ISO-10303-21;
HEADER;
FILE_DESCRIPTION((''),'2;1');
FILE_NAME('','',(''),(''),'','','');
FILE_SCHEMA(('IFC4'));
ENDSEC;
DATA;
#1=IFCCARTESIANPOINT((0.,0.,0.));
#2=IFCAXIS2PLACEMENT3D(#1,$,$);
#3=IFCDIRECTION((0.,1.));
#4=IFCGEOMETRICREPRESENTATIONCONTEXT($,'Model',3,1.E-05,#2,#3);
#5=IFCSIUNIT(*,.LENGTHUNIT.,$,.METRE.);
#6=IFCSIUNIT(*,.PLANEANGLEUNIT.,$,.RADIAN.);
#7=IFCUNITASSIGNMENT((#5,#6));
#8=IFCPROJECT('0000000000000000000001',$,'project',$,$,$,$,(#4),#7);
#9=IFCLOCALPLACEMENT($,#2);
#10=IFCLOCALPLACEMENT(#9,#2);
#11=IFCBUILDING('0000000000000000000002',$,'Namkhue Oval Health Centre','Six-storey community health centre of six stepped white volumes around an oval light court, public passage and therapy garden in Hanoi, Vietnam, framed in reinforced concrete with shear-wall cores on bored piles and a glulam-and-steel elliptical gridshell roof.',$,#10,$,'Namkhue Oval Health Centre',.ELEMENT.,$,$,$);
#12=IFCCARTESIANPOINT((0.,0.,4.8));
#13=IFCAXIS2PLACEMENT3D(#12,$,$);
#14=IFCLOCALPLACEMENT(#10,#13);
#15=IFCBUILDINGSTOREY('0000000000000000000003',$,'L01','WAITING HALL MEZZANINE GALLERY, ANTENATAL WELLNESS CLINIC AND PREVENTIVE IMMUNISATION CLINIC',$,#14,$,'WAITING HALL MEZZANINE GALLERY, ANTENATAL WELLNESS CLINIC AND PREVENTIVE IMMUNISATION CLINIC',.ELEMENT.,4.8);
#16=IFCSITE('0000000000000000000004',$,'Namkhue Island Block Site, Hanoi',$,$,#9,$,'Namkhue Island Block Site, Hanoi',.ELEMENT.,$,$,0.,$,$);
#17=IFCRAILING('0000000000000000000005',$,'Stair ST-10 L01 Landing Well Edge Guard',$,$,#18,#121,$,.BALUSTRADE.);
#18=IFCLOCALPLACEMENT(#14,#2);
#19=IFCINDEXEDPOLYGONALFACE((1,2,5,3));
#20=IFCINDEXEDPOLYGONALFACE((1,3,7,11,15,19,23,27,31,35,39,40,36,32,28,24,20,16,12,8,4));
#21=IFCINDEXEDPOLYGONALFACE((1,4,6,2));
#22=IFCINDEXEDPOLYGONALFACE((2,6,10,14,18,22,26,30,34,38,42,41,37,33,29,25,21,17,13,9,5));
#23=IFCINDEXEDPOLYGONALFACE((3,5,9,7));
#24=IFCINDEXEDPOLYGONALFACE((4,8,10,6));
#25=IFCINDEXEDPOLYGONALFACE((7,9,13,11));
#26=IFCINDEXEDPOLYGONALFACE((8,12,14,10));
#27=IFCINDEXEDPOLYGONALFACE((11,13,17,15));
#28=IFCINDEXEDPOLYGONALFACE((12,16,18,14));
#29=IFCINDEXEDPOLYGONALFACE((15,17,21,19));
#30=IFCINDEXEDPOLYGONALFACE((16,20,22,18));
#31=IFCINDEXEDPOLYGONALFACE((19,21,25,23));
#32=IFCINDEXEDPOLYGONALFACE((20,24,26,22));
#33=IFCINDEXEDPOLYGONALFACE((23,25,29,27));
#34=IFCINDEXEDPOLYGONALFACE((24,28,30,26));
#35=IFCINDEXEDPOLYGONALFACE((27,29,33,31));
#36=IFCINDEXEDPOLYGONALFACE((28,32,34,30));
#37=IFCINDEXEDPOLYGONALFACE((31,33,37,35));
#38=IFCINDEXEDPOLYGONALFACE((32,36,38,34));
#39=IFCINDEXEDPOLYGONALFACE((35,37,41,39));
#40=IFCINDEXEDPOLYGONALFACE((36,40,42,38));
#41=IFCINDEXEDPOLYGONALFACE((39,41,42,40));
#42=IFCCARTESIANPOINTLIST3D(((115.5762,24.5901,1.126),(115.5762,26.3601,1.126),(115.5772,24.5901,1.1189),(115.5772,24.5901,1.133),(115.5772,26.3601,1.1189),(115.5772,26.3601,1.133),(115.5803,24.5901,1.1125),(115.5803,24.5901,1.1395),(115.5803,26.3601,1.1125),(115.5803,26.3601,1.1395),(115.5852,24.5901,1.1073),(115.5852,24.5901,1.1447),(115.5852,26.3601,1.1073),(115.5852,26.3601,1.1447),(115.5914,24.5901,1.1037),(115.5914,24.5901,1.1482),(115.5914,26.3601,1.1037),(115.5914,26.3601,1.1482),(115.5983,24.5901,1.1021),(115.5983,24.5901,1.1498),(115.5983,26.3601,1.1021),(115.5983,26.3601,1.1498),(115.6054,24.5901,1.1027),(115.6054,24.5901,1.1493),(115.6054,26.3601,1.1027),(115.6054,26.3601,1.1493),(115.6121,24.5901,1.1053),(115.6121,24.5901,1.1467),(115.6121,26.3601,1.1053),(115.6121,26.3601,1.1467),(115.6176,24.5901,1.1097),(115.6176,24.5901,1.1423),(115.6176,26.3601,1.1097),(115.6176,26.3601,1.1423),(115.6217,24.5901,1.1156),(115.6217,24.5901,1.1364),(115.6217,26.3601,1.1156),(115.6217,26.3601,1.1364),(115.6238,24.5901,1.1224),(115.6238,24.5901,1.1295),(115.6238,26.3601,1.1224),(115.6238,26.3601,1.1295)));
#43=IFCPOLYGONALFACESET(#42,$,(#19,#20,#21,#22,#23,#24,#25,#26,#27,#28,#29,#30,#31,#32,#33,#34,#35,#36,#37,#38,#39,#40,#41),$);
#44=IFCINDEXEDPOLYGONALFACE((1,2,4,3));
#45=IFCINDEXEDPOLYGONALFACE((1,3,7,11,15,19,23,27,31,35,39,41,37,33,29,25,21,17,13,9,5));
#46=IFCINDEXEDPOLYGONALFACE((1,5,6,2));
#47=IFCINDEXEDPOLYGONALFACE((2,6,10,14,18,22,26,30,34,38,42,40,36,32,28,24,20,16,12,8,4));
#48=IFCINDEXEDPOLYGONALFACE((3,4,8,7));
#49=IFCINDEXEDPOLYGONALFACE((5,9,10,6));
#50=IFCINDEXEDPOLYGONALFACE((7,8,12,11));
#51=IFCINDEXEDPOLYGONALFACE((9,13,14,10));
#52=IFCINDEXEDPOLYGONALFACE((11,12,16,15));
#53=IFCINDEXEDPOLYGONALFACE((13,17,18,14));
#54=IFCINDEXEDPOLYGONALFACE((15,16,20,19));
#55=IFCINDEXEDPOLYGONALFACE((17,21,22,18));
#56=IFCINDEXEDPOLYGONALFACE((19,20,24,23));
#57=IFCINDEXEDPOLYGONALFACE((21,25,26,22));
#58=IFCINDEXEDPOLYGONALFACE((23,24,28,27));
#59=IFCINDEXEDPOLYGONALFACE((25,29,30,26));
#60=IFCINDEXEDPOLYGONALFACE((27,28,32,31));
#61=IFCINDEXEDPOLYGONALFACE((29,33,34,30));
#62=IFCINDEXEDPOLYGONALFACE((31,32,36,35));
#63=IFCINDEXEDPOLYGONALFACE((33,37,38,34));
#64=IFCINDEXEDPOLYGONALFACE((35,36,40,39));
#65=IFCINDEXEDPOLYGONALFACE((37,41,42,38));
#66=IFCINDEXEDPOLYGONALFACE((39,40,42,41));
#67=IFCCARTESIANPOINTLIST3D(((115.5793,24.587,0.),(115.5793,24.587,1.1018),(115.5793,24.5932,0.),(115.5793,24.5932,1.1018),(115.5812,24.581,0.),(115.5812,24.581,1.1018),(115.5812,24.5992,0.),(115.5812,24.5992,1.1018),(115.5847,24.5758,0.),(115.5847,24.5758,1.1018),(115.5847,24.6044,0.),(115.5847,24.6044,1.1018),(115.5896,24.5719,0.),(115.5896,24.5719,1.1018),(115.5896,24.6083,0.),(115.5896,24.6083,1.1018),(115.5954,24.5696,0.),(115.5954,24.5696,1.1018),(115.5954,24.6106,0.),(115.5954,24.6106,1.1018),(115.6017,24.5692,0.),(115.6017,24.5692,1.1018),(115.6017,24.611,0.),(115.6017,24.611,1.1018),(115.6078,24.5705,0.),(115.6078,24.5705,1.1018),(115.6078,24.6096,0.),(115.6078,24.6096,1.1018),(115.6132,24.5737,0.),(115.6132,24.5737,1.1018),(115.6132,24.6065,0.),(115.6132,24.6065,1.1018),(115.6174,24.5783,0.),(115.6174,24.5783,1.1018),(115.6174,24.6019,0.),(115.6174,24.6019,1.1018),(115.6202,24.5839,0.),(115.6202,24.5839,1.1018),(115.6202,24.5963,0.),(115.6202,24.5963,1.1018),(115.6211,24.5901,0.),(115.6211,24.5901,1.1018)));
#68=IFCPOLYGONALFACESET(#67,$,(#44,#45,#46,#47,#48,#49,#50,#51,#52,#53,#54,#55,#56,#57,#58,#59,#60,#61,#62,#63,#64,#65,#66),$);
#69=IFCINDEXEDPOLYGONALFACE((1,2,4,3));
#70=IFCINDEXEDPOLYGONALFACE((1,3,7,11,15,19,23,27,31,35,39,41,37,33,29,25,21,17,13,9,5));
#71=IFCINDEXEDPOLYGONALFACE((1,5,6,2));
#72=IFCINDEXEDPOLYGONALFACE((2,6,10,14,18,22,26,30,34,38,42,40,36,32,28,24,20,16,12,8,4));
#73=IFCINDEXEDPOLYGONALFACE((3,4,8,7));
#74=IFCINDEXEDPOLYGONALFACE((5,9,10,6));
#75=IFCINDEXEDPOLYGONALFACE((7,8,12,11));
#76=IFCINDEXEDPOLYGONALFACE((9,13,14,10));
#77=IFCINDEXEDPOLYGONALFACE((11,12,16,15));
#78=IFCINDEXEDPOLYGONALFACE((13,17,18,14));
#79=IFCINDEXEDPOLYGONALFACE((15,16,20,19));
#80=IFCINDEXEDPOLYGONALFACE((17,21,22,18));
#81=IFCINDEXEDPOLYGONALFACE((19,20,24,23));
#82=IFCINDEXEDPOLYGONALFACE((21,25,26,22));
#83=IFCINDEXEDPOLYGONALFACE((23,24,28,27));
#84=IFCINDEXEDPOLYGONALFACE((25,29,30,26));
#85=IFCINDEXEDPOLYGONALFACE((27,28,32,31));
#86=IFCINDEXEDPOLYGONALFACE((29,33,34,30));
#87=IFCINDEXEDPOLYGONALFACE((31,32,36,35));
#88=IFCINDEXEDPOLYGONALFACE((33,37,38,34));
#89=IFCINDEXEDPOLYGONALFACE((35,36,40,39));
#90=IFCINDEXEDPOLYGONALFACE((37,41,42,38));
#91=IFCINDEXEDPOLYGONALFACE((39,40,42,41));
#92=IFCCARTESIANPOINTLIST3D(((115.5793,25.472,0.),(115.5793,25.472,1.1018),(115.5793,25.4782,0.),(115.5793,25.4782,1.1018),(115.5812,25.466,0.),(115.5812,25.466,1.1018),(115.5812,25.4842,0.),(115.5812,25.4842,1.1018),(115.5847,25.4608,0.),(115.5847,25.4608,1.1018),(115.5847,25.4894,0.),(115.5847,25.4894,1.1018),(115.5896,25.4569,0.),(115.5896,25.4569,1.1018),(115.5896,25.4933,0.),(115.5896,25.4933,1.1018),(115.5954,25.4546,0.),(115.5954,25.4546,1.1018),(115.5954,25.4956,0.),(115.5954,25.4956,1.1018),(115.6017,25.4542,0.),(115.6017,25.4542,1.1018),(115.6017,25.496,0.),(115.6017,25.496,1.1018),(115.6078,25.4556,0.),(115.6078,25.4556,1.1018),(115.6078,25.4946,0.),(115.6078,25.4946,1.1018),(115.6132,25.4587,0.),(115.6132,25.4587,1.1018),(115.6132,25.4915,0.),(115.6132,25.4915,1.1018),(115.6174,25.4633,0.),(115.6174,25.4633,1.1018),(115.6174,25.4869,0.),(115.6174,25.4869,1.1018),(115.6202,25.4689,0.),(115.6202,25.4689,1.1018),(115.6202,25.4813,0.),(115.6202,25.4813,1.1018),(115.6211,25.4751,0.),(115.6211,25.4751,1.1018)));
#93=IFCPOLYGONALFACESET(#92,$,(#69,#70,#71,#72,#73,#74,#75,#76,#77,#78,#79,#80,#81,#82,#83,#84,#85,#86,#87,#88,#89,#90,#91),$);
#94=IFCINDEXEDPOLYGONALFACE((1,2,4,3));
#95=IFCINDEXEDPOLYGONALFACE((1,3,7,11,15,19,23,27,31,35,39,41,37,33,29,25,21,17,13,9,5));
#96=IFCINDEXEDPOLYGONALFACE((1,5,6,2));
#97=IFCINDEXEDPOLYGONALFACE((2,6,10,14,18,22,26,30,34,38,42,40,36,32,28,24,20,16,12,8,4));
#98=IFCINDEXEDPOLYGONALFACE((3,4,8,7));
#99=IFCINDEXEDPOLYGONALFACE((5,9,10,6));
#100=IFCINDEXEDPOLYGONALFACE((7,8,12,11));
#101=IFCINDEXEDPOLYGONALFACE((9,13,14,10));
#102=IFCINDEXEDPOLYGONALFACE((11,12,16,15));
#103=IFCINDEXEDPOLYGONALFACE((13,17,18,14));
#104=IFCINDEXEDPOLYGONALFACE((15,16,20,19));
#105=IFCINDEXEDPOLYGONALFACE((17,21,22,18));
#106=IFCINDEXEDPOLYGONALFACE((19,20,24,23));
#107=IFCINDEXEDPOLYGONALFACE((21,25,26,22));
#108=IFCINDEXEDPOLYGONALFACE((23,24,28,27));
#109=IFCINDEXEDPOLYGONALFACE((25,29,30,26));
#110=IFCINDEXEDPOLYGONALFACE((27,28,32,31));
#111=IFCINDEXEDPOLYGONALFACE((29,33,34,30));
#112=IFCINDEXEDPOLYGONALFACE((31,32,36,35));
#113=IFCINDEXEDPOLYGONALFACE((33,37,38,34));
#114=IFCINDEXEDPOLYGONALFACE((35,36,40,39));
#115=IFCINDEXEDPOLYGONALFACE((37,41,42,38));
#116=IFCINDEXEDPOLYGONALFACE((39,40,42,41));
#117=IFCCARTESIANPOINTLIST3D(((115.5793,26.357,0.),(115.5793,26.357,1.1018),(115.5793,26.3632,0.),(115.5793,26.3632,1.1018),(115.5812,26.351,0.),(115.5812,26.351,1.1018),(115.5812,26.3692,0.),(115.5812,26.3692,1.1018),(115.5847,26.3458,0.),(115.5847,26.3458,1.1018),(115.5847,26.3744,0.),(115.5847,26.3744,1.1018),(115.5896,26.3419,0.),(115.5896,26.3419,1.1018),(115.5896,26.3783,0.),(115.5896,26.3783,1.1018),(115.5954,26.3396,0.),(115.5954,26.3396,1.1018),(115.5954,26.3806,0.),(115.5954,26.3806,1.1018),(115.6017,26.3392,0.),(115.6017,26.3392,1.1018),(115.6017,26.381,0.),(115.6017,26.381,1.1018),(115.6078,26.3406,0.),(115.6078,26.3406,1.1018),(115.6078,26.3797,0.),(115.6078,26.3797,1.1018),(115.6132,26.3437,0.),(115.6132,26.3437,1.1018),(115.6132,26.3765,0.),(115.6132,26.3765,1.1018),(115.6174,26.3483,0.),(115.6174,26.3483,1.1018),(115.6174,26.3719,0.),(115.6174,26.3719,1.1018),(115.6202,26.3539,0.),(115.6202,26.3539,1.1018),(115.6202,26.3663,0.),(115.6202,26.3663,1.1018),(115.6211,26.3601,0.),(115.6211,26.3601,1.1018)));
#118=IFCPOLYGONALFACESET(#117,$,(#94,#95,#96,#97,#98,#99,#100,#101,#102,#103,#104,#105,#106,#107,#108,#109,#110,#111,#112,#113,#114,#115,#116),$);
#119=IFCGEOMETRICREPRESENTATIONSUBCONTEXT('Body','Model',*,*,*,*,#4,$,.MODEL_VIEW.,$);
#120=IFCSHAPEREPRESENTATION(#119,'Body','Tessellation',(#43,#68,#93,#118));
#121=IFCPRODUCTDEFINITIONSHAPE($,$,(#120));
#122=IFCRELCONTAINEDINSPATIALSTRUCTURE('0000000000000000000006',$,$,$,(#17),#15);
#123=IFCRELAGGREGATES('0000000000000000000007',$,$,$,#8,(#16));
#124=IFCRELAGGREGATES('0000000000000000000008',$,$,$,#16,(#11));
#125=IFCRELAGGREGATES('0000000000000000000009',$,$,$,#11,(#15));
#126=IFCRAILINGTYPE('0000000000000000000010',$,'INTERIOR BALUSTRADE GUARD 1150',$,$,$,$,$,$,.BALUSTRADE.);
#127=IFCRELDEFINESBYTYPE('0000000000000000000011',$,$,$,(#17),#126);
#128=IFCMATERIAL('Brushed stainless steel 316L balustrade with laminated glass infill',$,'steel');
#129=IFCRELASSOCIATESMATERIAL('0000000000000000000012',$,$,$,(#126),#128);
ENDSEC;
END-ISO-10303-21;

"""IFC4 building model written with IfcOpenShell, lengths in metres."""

from ifc_helpers import new_model, si_unit, direction, frame, origin, origin_2d, place, context, subcontext, project, spatial, circle, extrude, material, type_object, element, save


model = new_model("IFC4")

# Units and contexts
model_context = context("Model", 3, precision=1e-05, world=origin(), true_north=direction((0.0, 1.0)))
body_context = subcontext(model_context, "Body", "Model", "MODEL_VIEW")
ifc_project = project(units=[si_unit("LENGTHUNIT", "METRE"), si_unit("PLANEANGLEUNIT", "RADIAN")], contexts=[model_context])

# Site, building, storey
site_placement = place(None, origin())
site = spatial("IfcSite", under=ifc_project, at=site_placement, Name="Namkhue Island Block Site, Hanoi", LongName="Namkhue Island Block Site, Hanoi", CompositionType="ELEMENT", RefElevation=0.0)
building_placement = place(site_placement, origin())
building = spatial("IfcBuilding", under=site, at=building_placement, Name="Namkhue Oval Health Centre", Description="Six-storey community health centre of six stepped white volumes around an oval light court, public passage and therapy garden in Hanoi, Vietnam, framed in reinforced concrete with shear-wall cores on bored piles and a glulam-and-steel elliptical gridshell roof.", LongName="Namkhue Oval Health Centre", CompositionType="ELEMENT")
storey_placement = place(building_placement, frame((0.0, 0.0, 4.8)))
storey = spatial("IfcBuildingStorey", under=building, at=storey_placement, Name="L01", Description="WAITING HALL MEZZANINE GALLERY, ANTENATAL WELLNESS CLINIC AND PREVENTIVE IMMUNISATION CLINIC", LongName="WAITING HALL MEZZANINE GALLERY, ANTENATAL WELLNESS CLINIC AND PREVENTIVE IMMUNISATION CLINIC", CompositionType="ELEMENT", Elevation=4.8)

# Railing
ifc_material_1 = material(Name="Brushed stainless steel 316L balustrade with laminated glass infill", Category="steel")
railing_type_1 = type_object("IfcRailingType", Name="INTERIOR BALUSTRADE GUARD 1150", PredefinedType="BALUSTRADE", material=ifc_material_1)
railing_1_placement = place(storey_placement, frame((115.6001, 24.5901, 0.0)))
element("IfcRailing", 1, at=railing_1_placement, inside=storey, type_object=railing_type_1, Name="Stair ST-10 L01 Landing Well Edge Guard", PredefinedType="BALUSTRADE", context=body_context, shape_type="SweptSolid", body=[
    extrude(circle(Radius=0.0239, at=origin_2d()), frame((0.0, 0.0, 1.126), z_axis=(0.0, 1.0, 0.0), x_axis=(-1.0, 0.0, 0.0)), (0.0, 0.0, 1.0), 1.77),
    extrude(circle(Radius=0.021, at=origin_2d()), origin(), (0.0, 0.0, 1.0), 1.1018),
    extrude(circle(Radius=0.021, at=origin_2d()), frame((0.0, 0.885, 0.0)), (0.0, 0.0, 1.0), 1.1018),
    extrude(circle(Radius=0.021, at=origin_2d()), frame((0.0, 1.77, 0.0)), (0.0, 0.0, 1.0), 1.1018),
])

save(model, "model.ifc")
